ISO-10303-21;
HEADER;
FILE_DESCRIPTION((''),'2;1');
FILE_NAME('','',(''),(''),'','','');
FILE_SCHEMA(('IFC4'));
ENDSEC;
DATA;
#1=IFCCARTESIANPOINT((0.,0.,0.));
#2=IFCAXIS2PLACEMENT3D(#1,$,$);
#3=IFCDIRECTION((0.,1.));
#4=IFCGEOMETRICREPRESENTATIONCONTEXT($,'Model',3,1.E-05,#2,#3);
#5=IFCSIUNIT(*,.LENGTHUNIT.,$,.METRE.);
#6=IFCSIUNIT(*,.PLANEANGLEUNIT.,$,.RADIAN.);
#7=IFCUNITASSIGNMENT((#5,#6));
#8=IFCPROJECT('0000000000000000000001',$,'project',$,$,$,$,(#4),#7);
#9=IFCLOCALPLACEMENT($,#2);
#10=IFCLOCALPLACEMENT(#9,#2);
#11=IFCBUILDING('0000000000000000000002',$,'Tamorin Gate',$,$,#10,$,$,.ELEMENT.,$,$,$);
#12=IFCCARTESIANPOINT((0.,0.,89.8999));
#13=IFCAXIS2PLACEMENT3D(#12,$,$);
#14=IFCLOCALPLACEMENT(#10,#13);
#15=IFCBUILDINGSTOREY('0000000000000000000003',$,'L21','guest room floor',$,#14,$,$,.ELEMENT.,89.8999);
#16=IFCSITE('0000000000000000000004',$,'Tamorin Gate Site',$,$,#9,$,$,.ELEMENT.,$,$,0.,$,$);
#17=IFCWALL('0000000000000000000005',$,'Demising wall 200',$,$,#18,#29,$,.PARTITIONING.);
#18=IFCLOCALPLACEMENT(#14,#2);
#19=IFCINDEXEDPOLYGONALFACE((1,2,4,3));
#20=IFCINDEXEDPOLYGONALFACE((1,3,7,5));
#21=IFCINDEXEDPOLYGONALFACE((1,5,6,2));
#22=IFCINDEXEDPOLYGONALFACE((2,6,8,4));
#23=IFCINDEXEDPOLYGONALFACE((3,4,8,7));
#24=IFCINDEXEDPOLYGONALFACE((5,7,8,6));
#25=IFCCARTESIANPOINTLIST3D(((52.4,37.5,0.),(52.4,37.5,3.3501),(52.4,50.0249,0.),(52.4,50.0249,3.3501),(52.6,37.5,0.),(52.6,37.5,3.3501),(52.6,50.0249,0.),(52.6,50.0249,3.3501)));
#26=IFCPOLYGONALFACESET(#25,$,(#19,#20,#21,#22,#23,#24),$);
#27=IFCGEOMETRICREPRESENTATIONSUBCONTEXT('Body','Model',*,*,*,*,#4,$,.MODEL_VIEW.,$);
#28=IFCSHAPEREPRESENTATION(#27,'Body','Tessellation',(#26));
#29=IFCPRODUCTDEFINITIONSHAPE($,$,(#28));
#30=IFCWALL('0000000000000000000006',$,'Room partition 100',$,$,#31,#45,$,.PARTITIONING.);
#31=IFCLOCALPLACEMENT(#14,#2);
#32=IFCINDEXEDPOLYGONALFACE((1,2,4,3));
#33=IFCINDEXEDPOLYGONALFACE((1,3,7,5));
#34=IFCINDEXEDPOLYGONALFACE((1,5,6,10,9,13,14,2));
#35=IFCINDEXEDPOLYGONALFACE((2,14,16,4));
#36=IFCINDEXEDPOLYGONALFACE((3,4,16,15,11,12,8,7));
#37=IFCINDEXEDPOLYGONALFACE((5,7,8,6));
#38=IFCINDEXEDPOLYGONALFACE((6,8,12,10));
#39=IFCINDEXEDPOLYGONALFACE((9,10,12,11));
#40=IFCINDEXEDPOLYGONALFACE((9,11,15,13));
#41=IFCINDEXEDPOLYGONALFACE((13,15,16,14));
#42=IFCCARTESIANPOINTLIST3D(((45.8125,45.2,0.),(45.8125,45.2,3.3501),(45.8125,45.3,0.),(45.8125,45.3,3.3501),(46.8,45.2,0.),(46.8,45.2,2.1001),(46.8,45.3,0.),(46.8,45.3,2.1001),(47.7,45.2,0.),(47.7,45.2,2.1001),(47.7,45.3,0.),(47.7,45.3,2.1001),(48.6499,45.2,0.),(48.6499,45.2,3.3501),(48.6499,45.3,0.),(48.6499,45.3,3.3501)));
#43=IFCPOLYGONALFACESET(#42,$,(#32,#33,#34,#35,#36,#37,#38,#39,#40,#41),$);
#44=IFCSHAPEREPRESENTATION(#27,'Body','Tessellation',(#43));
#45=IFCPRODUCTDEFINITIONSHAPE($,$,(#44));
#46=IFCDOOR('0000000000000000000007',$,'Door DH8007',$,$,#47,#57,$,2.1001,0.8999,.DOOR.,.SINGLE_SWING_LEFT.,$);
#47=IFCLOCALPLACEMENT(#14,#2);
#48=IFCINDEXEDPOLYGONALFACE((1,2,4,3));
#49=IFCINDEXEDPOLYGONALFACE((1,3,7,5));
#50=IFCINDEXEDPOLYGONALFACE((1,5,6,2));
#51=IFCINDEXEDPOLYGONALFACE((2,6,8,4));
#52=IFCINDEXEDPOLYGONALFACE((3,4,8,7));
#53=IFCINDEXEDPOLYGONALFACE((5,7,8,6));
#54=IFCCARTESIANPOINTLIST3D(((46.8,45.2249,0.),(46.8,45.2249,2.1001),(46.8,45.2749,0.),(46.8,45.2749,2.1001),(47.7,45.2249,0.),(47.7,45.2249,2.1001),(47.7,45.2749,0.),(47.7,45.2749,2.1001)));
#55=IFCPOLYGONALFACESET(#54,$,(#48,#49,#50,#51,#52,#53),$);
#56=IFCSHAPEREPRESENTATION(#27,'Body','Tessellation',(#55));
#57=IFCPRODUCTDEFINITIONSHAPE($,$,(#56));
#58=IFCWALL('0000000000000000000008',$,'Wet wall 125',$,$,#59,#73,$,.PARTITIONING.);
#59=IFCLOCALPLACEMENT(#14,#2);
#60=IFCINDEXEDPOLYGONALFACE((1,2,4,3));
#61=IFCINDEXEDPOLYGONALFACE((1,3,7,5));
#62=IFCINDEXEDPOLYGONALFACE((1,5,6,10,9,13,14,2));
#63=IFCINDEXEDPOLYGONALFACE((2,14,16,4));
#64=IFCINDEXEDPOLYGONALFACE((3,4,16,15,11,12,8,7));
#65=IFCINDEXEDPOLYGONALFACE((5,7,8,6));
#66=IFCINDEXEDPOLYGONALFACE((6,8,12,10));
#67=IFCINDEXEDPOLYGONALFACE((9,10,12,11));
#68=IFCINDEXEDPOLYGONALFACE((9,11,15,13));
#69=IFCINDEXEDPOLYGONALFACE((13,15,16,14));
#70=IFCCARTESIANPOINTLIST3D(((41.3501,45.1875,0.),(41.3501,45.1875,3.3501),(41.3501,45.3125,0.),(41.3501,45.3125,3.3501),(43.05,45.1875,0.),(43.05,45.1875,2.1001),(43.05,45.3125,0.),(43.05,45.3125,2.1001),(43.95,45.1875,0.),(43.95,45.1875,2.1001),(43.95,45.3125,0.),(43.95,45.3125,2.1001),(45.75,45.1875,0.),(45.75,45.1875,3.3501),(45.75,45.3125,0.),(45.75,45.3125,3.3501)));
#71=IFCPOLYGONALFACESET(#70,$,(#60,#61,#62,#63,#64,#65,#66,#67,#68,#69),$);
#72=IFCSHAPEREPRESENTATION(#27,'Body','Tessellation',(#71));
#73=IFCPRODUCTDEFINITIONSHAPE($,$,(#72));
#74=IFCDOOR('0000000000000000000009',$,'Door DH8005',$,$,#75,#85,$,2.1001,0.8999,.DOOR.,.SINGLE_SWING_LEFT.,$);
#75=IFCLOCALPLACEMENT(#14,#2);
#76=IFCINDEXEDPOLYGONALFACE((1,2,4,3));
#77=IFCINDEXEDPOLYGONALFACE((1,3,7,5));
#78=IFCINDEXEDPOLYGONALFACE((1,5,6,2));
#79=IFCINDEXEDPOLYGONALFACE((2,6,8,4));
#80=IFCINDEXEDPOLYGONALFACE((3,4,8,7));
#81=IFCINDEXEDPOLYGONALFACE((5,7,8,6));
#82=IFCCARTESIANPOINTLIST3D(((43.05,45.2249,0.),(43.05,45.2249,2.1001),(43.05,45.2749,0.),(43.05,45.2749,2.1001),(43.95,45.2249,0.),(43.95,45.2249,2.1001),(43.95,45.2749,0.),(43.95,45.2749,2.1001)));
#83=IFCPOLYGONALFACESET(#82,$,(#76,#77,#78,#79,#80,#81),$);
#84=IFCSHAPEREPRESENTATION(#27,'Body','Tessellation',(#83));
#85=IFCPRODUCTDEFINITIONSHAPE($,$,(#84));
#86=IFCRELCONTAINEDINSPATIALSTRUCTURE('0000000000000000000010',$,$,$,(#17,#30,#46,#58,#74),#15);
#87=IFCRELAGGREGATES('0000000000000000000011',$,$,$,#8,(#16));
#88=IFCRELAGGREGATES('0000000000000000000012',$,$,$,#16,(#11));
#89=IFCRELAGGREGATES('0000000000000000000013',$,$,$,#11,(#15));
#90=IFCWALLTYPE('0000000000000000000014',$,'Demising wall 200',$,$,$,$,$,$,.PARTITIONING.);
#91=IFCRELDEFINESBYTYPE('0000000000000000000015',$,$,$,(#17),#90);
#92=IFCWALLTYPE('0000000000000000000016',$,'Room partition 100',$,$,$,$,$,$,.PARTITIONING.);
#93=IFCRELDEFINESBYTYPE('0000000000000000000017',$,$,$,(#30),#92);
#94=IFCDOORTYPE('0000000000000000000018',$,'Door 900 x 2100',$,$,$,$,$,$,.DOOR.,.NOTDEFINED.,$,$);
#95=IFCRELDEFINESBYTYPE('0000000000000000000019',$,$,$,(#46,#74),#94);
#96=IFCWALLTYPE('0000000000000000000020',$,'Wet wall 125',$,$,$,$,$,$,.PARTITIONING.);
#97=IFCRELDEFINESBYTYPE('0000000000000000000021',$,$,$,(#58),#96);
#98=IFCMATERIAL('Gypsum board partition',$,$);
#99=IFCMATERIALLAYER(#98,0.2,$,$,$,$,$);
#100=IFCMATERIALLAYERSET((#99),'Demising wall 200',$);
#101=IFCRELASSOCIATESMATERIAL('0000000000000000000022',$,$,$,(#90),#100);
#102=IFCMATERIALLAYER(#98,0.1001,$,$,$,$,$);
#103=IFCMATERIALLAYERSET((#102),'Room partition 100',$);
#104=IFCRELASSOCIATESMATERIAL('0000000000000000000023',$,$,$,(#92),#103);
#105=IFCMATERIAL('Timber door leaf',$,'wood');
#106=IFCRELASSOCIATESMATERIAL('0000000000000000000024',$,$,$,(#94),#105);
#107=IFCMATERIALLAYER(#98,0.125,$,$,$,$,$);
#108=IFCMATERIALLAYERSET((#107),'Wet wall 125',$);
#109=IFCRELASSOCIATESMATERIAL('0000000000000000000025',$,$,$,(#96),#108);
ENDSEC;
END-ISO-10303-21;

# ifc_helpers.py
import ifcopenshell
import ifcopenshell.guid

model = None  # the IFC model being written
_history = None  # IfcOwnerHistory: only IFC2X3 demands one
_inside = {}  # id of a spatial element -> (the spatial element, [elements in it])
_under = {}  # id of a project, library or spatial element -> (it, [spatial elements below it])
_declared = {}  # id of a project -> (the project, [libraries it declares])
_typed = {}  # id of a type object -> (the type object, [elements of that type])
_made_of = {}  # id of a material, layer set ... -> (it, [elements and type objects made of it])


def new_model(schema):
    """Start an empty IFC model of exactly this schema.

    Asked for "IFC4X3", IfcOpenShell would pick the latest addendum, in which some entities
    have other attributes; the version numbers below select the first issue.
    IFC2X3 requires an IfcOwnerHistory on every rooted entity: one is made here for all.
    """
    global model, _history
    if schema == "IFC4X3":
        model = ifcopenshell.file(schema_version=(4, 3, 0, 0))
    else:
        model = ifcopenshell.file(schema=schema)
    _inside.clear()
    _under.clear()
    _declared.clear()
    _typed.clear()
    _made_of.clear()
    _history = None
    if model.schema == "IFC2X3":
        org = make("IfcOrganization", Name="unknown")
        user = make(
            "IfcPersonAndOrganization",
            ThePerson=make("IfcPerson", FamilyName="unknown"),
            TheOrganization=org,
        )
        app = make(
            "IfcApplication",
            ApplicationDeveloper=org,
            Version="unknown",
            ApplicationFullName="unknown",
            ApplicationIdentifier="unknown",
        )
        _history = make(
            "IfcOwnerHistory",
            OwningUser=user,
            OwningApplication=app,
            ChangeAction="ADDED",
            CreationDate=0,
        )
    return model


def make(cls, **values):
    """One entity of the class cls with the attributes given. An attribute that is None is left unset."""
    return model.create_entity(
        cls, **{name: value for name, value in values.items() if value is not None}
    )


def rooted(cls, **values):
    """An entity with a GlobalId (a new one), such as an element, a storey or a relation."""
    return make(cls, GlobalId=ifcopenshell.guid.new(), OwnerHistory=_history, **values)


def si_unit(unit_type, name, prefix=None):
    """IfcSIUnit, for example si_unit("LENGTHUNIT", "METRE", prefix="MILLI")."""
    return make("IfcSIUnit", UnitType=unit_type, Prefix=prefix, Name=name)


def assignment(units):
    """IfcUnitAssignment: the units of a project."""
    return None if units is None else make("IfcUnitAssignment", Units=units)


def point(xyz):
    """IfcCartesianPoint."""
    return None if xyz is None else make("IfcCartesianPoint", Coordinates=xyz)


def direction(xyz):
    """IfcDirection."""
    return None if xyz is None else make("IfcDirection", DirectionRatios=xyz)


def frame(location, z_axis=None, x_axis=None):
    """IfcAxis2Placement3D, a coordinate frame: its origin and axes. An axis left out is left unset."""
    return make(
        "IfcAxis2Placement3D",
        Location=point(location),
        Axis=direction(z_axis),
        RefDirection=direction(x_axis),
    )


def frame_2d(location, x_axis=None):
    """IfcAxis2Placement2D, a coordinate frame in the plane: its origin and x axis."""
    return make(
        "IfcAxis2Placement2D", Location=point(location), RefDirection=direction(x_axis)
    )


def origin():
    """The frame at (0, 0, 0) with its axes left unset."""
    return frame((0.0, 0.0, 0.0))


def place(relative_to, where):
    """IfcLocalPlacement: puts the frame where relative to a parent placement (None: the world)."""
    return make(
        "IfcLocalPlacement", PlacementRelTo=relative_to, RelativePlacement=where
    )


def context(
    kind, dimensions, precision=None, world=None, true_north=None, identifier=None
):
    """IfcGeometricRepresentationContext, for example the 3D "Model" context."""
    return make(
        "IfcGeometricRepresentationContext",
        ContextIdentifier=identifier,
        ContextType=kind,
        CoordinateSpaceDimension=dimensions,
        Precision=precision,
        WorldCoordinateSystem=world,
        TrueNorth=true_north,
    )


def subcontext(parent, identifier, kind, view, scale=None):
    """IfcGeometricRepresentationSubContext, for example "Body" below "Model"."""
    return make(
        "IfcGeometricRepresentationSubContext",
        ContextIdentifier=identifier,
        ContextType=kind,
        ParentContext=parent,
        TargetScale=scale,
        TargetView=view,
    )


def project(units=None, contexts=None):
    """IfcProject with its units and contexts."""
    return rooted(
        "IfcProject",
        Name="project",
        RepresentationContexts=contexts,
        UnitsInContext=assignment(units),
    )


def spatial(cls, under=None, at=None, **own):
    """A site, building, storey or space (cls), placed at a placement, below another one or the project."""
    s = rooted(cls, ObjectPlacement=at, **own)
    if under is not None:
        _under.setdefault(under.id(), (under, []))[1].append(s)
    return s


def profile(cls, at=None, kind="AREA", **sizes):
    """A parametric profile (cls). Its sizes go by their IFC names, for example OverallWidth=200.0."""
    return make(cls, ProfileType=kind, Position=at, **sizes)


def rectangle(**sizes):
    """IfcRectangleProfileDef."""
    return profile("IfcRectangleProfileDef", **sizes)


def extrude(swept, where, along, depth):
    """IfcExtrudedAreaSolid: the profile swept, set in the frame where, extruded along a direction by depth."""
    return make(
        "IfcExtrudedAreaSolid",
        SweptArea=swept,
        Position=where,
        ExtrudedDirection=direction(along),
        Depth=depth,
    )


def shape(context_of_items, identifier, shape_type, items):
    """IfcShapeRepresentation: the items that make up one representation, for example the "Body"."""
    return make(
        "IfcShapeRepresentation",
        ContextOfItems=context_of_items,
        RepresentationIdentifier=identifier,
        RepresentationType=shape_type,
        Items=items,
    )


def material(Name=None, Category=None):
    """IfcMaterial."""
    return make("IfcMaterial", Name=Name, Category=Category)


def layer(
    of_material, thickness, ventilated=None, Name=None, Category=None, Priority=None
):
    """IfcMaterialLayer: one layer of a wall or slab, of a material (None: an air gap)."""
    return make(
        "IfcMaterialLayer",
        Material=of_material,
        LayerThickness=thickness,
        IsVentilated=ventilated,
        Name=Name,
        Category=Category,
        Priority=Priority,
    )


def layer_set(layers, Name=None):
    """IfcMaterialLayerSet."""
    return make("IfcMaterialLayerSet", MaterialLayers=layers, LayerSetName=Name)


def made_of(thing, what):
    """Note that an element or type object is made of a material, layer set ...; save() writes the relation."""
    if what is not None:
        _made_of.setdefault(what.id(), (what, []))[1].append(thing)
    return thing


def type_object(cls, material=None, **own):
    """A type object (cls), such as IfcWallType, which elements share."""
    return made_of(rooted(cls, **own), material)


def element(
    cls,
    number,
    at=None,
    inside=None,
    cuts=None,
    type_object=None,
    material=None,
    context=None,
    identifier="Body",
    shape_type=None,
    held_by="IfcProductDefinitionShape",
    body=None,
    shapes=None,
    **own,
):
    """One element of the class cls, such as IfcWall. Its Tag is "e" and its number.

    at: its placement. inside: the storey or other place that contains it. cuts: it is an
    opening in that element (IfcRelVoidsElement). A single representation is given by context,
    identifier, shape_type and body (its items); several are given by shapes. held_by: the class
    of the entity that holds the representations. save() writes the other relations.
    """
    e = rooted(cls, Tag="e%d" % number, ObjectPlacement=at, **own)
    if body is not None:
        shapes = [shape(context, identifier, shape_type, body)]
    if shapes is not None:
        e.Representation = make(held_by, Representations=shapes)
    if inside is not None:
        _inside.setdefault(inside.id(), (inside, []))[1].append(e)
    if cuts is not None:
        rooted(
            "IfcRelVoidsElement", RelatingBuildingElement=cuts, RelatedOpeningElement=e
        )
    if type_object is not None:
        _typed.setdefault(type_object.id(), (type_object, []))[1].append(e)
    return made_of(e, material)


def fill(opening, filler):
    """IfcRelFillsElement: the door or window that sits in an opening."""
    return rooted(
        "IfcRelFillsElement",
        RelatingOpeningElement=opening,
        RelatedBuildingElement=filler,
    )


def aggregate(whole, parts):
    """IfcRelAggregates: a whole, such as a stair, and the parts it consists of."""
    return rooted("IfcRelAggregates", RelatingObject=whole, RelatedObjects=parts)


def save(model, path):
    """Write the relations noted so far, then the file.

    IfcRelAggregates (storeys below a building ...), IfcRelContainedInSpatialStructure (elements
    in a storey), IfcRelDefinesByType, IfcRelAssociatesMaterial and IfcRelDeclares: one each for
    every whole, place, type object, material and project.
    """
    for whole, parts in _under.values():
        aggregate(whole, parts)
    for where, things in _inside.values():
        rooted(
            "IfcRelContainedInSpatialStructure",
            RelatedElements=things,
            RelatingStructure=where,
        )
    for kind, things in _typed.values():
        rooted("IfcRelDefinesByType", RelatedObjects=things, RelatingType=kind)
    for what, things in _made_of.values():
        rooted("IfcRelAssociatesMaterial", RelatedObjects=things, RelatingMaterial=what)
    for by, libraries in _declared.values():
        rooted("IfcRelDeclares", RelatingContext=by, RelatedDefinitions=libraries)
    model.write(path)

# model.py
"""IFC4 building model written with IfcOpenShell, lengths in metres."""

from ifc_helpers import new_model, si_unit, direction, frame, frame_2d, origin, place, context, subcontext, project, spatial, rectangle, extrude, material, layer, layer_set, type_object, element, fill, save


model = new_model("IFC4")

# Units and contexts
model_context = context("Model", 3, precision=1e-05, world=origin(), true_north=direction((0.0, 1.0)))
body_context = subcontext(model_context, "Body", "Model", "MODEL_VIEW")
ifc_project = project(units=[si_unit("LENGTHUNIT", "METRE"), si_unit("PLANEANGLEUNIT", "RADIAN")], contexts=[model_context])

# Site, building, storey
site_placement = place(None, origin())
site = spatial("IfcSite", under=ifc_project, at=site_placement, Name="Tamorin Gate Site", CompositionType="ELEMENT", RefElevation=0.0)
building_placement = place(site_placement, origin())
building = spatial("IfcBuilding", under=site, at=building_placement, Name="Tamorin Gate", CompositionType="ELEMENT")
storey_placement = place(building_placement, frame((0.0, 0.0, 89.8999)))
storey = spatial("IfcBuildingStorey", under=building, at=storey_placement, Name="L21", Description="guest room floor", CompositionType="ELEMENT", Elevation=89.8999)

# Wall
ifc_material_1 = material(Name="Gypsum board partition")
ifc_layer_1 = layer(ifc_material_1, 0.2)
ifc_layer_set_1 = layer_set([ifc_layer_1], Name="Demising wall 200")
wall_type_1 = type_object("IfcWallType", Name="Demising wall 200", PredefinedType="PARTITIONING", material=ifc_layer_set_1)
wall_1_placement = place(storey_placement, frame((52.5, 37.5, 0.0), z_axis=(0.0, 0.0, 1.0), x_axis=(0.0, 1.0, 0.0)))
element("IfcWall", 1, at=wall_1_placement, inside=storey, type_object=wall_type_1, Name="Demising wall 200", PredefinedType="PARTITIONING", context=body_context, shape_type="SweptSolid", body=[
    extrude(rectangle(XDim=12.5249, YDim=0.2, at=frame_2d((6.2625, 0.0))), origin(), (0.0, 0.0, 1.0), 3.3501),
])

# Walls, openings, doors
ifc_layer_2 = layer(ifc_material_1, 0.1001)
ifc_layer_set_2 = layer_set([ifc_layer_2], Name="Room partition 100")
wall_type_2 = type_object("IfcWallType", Name="Room partition 100", PredefinedType="PARTITIONING", material=ifc_layer_set_2)
wall_2_placement = place(storey_placement, frame((45.8125, 45.25, 0.0), z_axis=(0.0, 0.0, 1.0), x_axis=(1.0, 0.0, 0.0)))
wall_2 = element("IfcWall", 2, at=wall_2_placement, inside=storey, type_object=wall_type_2, Name="Room partition 100", PredefinedType="PARTITIONING", context=body_context, shape_type="SweptSolid", body=[
    extrude(rectangle(XDim=2.8374, YDim=0.1001, at=frame_2d((1.4187, 0.0))), origin(), (0.0, 0.0, 1.0), 3.3501),
])
opening_1_placement = place(wall_2_placement, frame((0.9875, 0.0, 0.0)))
opening_1 = element("IfcOpeningElement", 3, at=opening_1_placement, cuts=wall_2, PredefinedType="OPENING", context=body_context, shape_type="SweptSolid", body=[
    extrude(rectangle(XDim=0.8999, YDim=2.1001, at=frame_2d((0.45, 1.05))), frame((0.0, 0.0601, 0.0), z_axis=(0.0, -1.0, 0.0), x_axis=(1.0, 0.0, 0.0)), (0.0, 0.0, 1.0), 0.1201),
])
ifc_material_2 = material(Name="Timber door leaf", Category="wood")
door_type = type_object("IfcDoorType", Name="Door 900 x 2100", OperationType="NOTDEFINED", PredefinedType="DOOR", material=ifc_material_2)
door_1_placement = place(opening_1_placement, origin())
door_1 = element("IfcDoor", 4, at=door_1_placement, inside=storey, type_object=door_type, Name="Door DH8007", OperationType="SINGLE_SWING_LEFT", OverallHeight=2.1001, OverallWidth=0.8999, PredefinedType="DOOR", context=body_context, shape_type="SweptSolid", body=[
    extrude(rectangle(XDim=0.8999, YDim=2.1001, at=frame_2d((0.45, 1.05))), frame((0.0, 0.0249, 0.0), z_axis=(0.0, -1.0, 0.0), x_axis=(1.0, 0.0, 0.0)), (0.0, 0.0, 1.0), 0.05),
])
fill(opening_1, door_1)
ifc_layer_3 = layer(ifc_material_1, 0.125)
ifc_layer_set_3 = layer_set([ifc_layer_3], Name="Wet wall 125")
wall_type_3 = type_object("IfcWallType", Name="Wet wall 125", PredefinedType="PARTITIONING", material=ifc_layer_set_3)
wall_3_placement = place(storey_placement, frame((41.3501, 45.25, 0.0), z_axis=(0.0, 0.0, 1.0), x_axis=(1.0, 0.0, 0.0)))
wall_3 = element("IfcWall", 5, at=wall_3_placement, inside=storey, type_object=wall_type_3, Name="Wet wall 125", PredefinedType="PARTITIONING", context=body_context, shape_type="SweptSolid", body=[
    extrude(rectangle(XDim=4.3999, YDim=0.125, at=frame_2d((2.2, 0.0))), origin(), (0.0, 0.0, 1.0), 3.3501),
])
opening_2_placement = place(wall_3_placement, frame((1.7, 0.0, 0.0)))
opening_2 = element("IfcOpeningElement", 6, at=opening_2_placement, cuts=wall_3, PredefinedType="OPENING", context=body_context, shape_type="SweptSolid", body=[
    extrude(rectangle(XDim=0.8999, YDim=2.1001, at=frame_2d((0.45, 1.05))), frame((0.0, 0.0725, 0.0), z_axis=(0.0, -1.0, 0.0), x_axis=(1.0, 0.0, 0.0)), (0.0, 0.0, 1.0), 0.145),
])
door_2_placement = place(opening_2_placement, origin())
door_2 = element("IfcDoor", 7, at=door_2_placement, inside=storey, type_object=door_type, Name="Door DH8005", OperationType="SINGLE_SWING_LEFT", OverallHeight=2.1001, OverallWidth=0.8999, PredefinedType="DOOR", context=body_context, shape_type="SweptSolid", body=[
    extrude(rectangle(XDim=0.8999, YDim=2.1001, at=frame_2d((0.45, 1.05))), frame((0.0, 0.0249, 0.0), z_axis=(0.0, -1.0, 0.0), x_axis=(1.0, 0.0, 0.0)), (0.0, 0.0, 1.0), 0.05),
])
fill(opening_2, door_2)

save(model, "model.ifc")
